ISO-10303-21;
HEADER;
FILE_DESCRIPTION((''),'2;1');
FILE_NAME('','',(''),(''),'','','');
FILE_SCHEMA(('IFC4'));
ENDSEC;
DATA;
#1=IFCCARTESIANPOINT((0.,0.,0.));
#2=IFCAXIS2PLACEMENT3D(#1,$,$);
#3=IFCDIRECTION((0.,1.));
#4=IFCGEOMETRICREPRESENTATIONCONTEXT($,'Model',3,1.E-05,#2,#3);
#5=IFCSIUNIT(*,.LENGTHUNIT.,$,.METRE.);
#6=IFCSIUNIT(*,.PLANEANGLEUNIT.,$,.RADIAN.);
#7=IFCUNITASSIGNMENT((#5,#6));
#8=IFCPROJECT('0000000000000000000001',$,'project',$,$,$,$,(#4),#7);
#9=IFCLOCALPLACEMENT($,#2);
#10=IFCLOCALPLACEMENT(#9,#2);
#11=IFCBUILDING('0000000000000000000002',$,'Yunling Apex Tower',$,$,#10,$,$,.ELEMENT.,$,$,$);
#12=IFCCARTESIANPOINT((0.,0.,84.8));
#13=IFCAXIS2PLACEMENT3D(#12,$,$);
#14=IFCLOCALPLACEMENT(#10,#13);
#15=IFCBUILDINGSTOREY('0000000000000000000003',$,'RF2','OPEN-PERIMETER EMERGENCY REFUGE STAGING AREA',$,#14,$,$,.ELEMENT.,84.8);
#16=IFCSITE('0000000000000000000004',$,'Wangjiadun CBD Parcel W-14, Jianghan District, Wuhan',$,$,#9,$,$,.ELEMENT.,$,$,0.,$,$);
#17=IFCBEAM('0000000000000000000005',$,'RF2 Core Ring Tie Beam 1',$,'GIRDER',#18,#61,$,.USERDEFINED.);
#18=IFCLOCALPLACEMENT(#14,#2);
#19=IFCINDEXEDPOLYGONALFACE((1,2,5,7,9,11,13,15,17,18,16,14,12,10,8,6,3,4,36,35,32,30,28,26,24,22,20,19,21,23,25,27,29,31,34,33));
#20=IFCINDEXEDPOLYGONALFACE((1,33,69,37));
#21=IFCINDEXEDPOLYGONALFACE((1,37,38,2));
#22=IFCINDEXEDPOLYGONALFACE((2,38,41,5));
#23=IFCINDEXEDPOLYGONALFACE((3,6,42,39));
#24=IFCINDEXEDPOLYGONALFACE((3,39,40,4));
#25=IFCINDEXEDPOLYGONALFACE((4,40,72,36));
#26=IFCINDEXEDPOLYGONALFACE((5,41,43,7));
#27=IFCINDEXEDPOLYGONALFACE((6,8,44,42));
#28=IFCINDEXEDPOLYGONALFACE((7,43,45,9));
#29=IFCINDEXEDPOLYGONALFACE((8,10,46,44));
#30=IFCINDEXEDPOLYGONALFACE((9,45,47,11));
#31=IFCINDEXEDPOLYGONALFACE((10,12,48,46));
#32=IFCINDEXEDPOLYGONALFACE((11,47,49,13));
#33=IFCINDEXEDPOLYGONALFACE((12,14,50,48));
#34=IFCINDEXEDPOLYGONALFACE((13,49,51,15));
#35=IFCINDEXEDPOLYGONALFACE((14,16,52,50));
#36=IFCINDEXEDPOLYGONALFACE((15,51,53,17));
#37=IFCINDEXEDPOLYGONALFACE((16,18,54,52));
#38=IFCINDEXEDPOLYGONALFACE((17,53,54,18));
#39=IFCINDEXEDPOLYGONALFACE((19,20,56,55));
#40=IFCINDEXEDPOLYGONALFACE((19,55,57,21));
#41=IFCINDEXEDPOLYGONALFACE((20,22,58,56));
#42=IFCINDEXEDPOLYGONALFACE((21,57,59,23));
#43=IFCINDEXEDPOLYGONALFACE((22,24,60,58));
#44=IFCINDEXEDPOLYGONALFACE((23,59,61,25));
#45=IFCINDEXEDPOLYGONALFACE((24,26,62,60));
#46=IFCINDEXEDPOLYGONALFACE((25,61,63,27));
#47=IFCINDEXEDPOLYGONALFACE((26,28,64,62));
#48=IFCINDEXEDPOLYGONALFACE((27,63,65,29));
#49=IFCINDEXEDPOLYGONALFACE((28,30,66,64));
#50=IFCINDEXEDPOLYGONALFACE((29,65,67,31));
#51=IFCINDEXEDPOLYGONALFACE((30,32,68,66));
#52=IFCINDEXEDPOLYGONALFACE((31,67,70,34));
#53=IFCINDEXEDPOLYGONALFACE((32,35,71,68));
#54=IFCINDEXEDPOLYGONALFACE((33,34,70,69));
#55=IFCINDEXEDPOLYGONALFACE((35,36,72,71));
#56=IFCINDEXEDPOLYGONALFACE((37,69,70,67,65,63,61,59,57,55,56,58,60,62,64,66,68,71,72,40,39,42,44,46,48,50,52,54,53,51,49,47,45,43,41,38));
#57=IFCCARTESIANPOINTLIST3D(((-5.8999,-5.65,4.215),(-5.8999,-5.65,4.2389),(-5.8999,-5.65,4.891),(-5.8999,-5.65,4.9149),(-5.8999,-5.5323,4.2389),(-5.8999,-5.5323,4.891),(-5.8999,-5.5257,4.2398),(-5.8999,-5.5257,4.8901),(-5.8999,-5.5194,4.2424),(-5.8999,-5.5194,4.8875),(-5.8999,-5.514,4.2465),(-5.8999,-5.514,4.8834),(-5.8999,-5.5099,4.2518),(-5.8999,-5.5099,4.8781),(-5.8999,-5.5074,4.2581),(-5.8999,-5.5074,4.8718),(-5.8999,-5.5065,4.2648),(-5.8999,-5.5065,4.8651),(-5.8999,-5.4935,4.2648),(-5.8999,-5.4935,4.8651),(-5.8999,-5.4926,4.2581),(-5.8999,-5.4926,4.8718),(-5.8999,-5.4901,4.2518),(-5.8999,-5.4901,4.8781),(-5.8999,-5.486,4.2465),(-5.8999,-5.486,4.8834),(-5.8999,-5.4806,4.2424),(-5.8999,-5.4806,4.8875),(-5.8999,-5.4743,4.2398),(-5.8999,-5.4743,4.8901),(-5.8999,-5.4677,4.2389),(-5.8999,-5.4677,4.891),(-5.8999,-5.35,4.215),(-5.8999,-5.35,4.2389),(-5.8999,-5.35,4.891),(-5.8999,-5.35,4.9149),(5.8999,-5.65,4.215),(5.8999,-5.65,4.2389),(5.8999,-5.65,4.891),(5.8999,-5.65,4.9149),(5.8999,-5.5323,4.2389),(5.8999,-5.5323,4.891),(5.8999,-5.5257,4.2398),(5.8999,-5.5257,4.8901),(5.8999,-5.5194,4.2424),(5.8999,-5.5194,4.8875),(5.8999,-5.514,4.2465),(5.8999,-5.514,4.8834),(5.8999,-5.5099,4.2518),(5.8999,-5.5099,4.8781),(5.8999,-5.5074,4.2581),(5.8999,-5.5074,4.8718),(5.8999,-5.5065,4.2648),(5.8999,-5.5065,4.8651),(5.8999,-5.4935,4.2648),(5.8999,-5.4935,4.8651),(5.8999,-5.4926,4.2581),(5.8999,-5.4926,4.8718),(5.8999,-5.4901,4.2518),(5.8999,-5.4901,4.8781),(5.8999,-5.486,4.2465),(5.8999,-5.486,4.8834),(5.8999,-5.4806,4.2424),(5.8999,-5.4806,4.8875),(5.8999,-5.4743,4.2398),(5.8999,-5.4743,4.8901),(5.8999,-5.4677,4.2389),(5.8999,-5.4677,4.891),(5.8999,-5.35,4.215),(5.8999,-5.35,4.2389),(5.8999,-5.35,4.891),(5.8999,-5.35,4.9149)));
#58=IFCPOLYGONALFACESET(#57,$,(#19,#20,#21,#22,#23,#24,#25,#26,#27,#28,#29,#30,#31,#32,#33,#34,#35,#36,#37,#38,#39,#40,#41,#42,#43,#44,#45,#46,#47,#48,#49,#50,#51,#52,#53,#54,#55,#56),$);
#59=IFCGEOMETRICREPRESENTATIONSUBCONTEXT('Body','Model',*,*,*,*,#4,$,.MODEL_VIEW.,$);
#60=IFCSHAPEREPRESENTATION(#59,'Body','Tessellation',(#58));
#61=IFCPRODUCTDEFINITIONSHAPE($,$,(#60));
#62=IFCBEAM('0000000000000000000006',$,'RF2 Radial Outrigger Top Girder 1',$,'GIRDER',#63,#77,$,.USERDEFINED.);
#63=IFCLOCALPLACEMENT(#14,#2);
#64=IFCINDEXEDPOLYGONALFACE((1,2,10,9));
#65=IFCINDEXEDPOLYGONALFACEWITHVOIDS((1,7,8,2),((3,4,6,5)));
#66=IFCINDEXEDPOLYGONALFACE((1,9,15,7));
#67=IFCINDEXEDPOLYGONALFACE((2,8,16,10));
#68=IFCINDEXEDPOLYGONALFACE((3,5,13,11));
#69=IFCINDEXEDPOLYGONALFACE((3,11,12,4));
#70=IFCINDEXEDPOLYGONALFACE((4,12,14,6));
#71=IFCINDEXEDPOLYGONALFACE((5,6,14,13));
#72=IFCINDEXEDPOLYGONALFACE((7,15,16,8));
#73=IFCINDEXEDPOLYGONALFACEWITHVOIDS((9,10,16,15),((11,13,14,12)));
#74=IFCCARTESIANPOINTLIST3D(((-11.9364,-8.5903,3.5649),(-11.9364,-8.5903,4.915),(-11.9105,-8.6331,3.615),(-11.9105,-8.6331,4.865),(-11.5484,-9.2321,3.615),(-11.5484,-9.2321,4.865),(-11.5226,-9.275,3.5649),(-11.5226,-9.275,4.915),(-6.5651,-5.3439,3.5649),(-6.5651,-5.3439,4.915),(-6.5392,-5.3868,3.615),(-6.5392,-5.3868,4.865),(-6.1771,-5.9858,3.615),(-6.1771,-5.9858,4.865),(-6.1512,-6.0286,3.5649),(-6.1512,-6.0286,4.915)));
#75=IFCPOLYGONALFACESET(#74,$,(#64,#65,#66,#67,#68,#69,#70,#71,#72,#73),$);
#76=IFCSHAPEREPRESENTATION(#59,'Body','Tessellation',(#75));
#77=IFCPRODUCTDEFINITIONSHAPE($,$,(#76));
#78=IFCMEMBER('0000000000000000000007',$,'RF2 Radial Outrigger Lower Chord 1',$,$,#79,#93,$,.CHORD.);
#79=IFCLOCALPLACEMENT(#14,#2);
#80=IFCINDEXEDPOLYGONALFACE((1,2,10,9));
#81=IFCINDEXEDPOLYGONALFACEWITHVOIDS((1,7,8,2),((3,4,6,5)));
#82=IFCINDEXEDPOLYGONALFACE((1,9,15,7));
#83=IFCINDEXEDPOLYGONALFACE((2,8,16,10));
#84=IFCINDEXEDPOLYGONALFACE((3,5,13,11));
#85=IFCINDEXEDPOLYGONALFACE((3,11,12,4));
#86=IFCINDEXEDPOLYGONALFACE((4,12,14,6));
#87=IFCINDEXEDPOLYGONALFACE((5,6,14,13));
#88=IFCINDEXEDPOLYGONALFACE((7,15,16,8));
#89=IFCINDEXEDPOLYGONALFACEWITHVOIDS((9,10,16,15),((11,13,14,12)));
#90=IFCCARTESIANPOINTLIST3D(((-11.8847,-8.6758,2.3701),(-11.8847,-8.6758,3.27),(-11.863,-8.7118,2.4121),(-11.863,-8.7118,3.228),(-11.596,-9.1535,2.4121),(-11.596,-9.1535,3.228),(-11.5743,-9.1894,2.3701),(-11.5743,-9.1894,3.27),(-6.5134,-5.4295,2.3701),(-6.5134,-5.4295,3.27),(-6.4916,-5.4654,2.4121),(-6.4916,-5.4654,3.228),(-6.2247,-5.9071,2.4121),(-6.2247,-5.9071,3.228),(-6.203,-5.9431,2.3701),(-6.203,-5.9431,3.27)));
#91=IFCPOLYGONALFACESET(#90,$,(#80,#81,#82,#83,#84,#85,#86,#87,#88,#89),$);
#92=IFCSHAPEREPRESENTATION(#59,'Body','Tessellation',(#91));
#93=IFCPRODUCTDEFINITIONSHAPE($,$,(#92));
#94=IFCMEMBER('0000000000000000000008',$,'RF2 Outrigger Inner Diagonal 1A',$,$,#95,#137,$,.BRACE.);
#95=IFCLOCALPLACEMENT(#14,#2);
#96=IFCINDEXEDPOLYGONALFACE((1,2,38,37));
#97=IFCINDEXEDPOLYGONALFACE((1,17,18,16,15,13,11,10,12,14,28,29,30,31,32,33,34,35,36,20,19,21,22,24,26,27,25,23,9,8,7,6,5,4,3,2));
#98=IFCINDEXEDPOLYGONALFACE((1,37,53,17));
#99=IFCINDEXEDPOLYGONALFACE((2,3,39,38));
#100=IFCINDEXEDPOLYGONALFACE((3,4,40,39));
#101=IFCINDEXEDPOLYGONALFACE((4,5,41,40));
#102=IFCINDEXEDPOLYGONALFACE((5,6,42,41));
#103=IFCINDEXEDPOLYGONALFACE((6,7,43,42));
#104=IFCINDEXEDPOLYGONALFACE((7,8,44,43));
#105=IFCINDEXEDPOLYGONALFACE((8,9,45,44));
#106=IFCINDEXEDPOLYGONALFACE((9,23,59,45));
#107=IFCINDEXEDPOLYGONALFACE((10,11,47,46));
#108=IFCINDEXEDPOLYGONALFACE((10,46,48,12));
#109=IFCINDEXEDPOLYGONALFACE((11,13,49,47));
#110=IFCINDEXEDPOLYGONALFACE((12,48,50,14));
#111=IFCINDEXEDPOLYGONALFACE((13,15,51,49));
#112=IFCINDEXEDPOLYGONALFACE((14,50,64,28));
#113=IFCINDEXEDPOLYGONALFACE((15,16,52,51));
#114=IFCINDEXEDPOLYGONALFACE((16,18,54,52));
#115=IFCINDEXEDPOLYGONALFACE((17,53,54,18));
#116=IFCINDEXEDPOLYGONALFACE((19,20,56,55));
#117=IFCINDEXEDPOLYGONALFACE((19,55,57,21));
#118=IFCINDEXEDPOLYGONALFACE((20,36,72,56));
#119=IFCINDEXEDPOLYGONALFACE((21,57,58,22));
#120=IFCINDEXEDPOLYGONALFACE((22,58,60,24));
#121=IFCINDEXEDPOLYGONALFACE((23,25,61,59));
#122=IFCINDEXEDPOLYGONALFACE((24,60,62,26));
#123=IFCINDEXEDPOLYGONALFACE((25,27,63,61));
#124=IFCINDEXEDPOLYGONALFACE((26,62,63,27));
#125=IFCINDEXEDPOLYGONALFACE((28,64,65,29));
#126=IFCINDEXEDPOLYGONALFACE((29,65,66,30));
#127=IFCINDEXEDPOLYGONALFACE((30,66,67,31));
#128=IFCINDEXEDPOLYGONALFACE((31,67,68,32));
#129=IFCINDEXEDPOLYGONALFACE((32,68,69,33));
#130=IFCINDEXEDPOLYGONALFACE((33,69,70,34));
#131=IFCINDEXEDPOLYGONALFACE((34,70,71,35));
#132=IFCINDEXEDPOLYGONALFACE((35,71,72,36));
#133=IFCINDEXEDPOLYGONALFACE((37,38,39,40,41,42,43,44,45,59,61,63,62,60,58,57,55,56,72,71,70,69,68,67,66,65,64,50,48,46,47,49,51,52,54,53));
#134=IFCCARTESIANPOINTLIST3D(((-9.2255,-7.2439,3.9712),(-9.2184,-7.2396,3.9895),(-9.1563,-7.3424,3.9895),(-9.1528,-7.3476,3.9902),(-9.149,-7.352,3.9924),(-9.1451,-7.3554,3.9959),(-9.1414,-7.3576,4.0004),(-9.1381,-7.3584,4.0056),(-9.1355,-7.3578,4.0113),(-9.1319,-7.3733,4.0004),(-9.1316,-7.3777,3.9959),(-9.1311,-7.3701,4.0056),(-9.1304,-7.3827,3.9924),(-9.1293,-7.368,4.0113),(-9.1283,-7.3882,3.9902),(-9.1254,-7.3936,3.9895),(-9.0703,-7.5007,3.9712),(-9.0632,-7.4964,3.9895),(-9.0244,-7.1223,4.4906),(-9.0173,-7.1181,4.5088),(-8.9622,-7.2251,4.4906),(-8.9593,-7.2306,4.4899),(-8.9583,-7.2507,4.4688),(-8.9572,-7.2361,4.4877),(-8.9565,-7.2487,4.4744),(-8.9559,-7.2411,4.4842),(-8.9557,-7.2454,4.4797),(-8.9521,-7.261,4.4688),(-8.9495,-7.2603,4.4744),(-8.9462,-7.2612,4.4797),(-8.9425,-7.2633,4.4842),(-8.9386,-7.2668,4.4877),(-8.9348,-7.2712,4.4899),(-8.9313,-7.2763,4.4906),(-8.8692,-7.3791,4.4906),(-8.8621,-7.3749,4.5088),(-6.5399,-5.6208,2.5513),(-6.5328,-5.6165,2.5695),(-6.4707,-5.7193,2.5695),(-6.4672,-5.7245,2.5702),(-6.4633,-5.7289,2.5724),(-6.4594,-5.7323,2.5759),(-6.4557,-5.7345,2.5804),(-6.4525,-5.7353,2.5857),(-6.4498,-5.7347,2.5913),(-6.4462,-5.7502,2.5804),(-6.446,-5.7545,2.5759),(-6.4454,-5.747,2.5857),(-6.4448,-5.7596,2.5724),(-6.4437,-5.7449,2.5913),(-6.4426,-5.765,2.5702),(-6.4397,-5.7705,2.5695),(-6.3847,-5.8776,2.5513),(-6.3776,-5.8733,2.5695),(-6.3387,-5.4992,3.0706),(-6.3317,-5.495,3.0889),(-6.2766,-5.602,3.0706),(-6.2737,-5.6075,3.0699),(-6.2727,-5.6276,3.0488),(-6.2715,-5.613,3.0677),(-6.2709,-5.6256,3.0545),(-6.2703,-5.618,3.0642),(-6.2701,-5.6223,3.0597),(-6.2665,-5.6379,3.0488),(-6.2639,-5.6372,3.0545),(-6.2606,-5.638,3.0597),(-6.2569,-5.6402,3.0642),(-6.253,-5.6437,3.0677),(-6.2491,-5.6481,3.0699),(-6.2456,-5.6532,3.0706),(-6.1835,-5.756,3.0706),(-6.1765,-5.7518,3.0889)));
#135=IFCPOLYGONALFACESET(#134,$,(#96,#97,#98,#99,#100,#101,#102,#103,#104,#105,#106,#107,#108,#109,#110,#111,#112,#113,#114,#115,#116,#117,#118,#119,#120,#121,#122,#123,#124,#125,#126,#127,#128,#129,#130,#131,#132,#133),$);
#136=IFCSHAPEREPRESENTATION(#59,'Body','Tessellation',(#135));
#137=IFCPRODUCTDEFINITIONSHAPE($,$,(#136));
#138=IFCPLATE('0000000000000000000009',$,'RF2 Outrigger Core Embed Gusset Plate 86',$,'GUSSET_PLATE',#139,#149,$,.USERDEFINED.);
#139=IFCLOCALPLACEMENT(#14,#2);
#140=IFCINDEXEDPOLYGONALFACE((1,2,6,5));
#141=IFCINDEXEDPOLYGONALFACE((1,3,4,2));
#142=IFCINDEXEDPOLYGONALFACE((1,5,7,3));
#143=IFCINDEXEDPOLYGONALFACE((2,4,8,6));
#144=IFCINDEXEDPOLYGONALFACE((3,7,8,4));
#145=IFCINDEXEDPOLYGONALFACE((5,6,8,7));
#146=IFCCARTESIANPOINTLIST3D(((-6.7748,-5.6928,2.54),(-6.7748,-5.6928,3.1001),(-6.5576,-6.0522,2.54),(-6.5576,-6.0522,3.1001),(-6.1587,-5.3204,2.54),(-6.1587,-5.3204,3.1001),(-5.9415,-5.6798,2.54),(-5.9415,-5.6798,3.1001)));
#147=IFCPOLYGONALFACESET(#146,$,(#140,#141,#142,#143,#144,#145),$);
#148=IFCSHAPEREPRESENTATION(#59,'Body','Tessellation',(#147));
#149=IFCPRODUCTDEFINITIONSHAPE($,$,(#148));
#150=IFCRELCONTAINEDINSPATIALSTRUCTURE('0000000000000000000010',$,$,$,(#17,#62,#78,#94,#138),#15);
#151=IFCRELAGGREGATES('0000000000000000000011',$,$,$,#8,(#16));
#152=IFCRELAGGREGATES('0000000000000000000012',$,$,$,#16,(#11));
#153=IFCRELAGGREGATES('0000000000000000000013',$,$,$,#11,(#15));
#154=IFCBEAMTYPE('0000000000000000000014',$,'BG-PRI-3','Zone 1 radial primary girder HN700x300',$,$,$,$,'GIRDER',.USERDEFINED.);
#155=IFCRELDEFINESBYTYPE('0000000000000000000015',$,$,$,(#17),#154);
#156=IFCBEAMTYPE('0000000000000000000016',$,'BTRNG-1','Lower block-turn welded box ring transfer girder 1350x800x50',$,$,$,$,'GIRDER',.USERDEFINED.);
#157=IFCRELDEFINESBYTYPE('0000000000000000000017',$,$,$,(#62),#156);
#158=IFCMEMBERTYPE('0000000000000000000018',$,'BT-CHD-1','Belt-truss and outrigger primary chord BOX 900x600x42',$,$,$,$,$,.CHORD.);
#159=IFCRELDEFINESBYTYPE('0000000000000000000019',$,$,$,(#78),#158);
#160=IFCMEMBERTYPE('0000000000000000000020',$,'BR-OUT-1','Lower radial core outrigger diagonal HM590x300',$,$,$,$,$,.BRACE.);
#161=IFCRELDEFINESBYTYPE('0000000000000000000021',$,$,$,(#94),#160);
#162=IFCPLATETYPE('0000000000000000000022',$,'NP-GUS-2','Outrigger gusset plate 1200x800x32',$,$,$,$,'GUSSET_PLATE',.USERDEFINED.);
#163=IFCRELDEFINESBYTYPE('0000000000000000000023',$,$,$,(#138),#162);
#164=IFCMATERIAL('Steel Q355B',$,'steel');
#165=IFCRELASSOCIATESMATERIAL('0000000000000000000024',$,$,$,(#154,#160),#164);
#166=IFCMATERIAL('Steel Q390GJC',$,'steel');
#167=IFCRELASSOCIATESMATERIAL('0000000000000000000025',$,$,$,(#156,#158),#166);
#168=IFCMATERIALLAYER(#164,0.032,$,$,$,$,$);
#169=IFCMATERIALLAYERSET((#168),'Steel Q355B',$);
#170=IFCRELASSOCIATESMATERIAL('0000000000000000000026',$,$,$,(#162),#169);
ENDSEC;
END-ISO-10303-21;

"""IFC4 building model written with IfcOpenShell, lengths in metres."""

from ifc_helpers import new_model, si_unit, direction, frame, origin, origin_2d, place, context, subcontext, project, spatial, rectangle, hollow_rectangle, i_section, extrude, source, transform, mapped, material, layer, layer_set, material_profile, profile_set, type_object, element, save


model = new_model("IFC4")

# Units and contexts
model_context = context("Model", 3, precision=1e-05, world=origin(), true_north=direction((0.0, 1.0)))
body_context = subcontext(model_context, "Body", "Model", "MODEL_VIEW")
ifc_project = project(units=[si_unit("LENGTHUNIT", "METRE"), si_unit("PLANEANGLEUNIT", "RADIAN")], contexts=[model_context])

# Site, building, storey
site_placement = place(None, origin())
site = spatial("IfcSite", under=ifc_project, at=site_placement, Name="Wangjiadun CBD Parcel W-14, Jianghan District, Wuhan", CompositionType="ELEMENT", RefElevation=0.0)
building_placement = place(site_placement, origin())
building = spatial("IfcBuilding", under=site, at=building_placement, Name="Yunling Apex Tower", CompositionType="ELEMENT")
storey_placement = place(building_placement, frame((0.0, 0.0, 84.8)))
storey = spatial("IfcBuildingStorey", under=building, at=storey_placement, Name="RF2", Description="OPEN-PERIMETER EMERGENCY REFUGE STAGING AREA", CompositionType="ELEMENT", Elevation=84.8)

# Beams
ifc_material_1 = material(Name="Steel Q355B", Category="steel")
ifc_material_profile_1 = material_profile(ifc_material_1, i_section(OverallWidth=0.3, OverallDepth=0.7, WebThickness=0.0129, FlangeThickness=0.0239, FilletRadius=0.0259, at=origin_2d()))
ifc_profile_set_1 = profile_set([ifc_material_profile_1], Name="Steel Q355B")
beam_type_1 = type_object("IfcBeamType", Name="BG-PRI-3", Description="Zone 1 radial primary girder HN700x300", ElementType="GIRDER", PredefinedType="USERDEFINED", material=ifc_profile_set_1)
shared_shape_1 = source(origin(), body_context, "Body", "SweptSolid", [
    extrude(i_section(OverallWidth=0.3, OverallDepth=0.7, WebThickness=0.0129, FlangeThickness=0.0239, FilletRadius=0.0259, at=origin_2d()), origin(), (0.0, 0.0, 1.0), 11.7998),
])
beam_1_placement = place(storey_placement, frame((-5.8999, -5.5, 4.5649), z_axis=(1.0, 0.0, 0.0), x_axis=(0.0, 1.0, 0.0)))
element("IfcBeam", 1, at=beam_1_placement, inside=storey, type_object=beam_type_1, Name="RF2 Core Ring Tie Beam 1", ObjectType="GIRDER", PredefinedType="USERDEFINED", context=body_context, shape_type="MappedRepresentation", body=[
    mapped(shared_shape_1, transform((0.0, 0.0, 0.0), scale=1.0)),
])
ifc_material_2 = material(Name="Steel Q390GJC", Category="steel")
ifc_material_profile_2 = material_profile(ifc_material_2, hollow_rectangle(XDim=0.8, YDim=1.3501, WallThickness=0.05, at=origin_2d()))
ifc_profile_set_2 = profile_set([ifc_material_profile_2], Name="Steel Q390GJC")
beam_type_2 = type_object("IfcBeamType", Name="BTRNG-1", Description="Lower block-turn welded box ring transfer girder 1350x800x50", ElementType="GIRDER", PredefinedType="USERDEFINED", material=ifc_profile_set_2)
shared_shape_2 = source(origin(), body_context, "Body", "SweptSolid", [
    extrude(hollow_rectangle(XDim=0.8, YDim=1.3501, WallThickness=0.05, at=origin_2d()), origin(), (0.0, 0.0, 1.0), 6.2761),
])
beam_2_placement = place(storey_placement, frame((-6.3582, -5.6863, 4.24), z_axis=(-0.855834, -0.51725, 0.0), x_axis=(0.51725, -0.855834, 0.0)))
element("IfcBeam", 2, at=beam_2_placement, inside=storey, type_object=beam_type_2, Name="RF2 Radial Outrigger Top Girder 1", ObjectType="GIRDER", PredefinedType="USERDEFINED", context=body_context, shape_type="MappedRepresentation", body=[
    mapped(shared_shape_2, transform((0.0, 0.0, 0.0), scale=1.0)),
])

# Members
ifc_material_profile_3 = material_profile(ifc_material_2, hollow_rectangle(XDim=0.6001, YDim=0.8999, WallThickness=0.042, at=origin_2d()))
ifc_profile_set_3 = profile_set([ifc_material_profile_3], Name="Steel Q390GJC")
member_type_1 = type_object("IfcMemberType", Name="BT-CHD-1", Description="Belt-truss and outrigger primary chord BOX 900x600x42", PredefinedType="CHORD", material=ifc_profile_set_3)
shared_shape_3 = source(origin(), body_context, "Body", "SweptSolid", [
    extrude(hollow_rectangle(XDim=0.6001, YDim=0.8999, WallThickness=0.042, at=origin_2d()), origin(), (0.0, 0.0, 1.0), 6.2761),
])
member_1_placement = place(storey_placement, frame((-6.3582, -5.6863, 2.8201), z_axis=(-0.855834, -0.51725, 0.0), x_axis=(0.51725, -0.855834, 0.0)))
element("IfcMember", 3, at=member_1_placement, inside=storey, type_object=member_type_1, Name="RF2 Radial Outrigger Lower Chord 1", PredefinedType="CHORD", context=body_context, shape_type="MappedRepresentation", body=[
    mapped(shared_shape_3, transform((0.0, 0.0, 0.0), scale=1.0)),
])
ifc_material_profile_4 = material_profile(ifc_material_1, i_section(OverallWidth=0.3, OverallDepth=0.5901, WebThickness=0.012, FlangeThickness=0.02, FilletRadius=0.0239, at=origin_2d()))
ifc_profile_set_4 = profile_set([ifc_material_profile_4], Name="Steel Q355B")
member_type_2 = type_object("IfcMemberType", Name="BR-OUT-1", Description="Lower radial core outrigger diagonal HM590x300", PredefinedType="BRACE", material=ifc_profile_set_4)
shared_shape_4 = source(origin(), body_context, "Body", "SweptSolid", [
    extrude(i_section(OverallWidth=0.3, OverallDepth=0.5901, WebThickness=0.012, FlangeThickness=0.02, FilletRadius=0.0239, at=origin_2d()), origin(), (0.0, 0.0, 1.0), 3.4443),
])
member_2_placement = place(storey_placement, frame((-6.3582, -5.6863, 2.8201), z_axis=(-0.779727, -0.471238, 0.412263), x_axis=(0.517239, -0.855841, 0.0)))
element("IfcMember", 4, at=member_2_placement, inside=storey, type_object=member_type_2, Name="RF2 Outrigger Inner Diagonal 1A", PredefinedType="BRACE", context=body_context, shape_type="MappedRepresentation", body=[
    mapped(shared_shape_4, transform((0.0, 0.0, 0.0), scale=1.0)),
])

# Plate
ifc_layer_1 = layer(ifc_material_1, 0.032)
ifc_layer_set_1 = layer_set([ifc_layer_1], Name="Steel Q355B")
plate_type = type_object("IfcPlateType", Name="NP-GUS-2", Description="Outrigger gusset plate 1200x800x32", ElementType="GUSSET_PLATE", PredefinedType="USERDEFINED", material=ifc_layer_set_1)
shared_shape_5 = source(origin(), body_context, "Body", "SweptSolid", [
    extrude(rectangle(XDim=0.72, YDim=0.4199, at=origin_2d()), origin(), (0.0, 0.0, 1.0), 0.5601),
])
plate_placement = place(storey_placement, frame((-6.3582, -5.6863, 2.54), z_axis=(0.0, 0.0, 1.0), x_axis=(-0.855816, -0.51728, 0.0)))
element("IfcPlate", 5, at=plate_placement, inside=storey, type_object=plate_type, Name="RF2 Outrigger Core Embed Gusset Plate 86", ObjectType="GUSSET_PLATE", PredefinedType="USERDEFINED", context=body_context, shape_type="MappedRepresentation", body=[
    mapped(shared_shape_5, transform((0.0, 0.0, 0.0), scale=1.0)),
])

save(model, "model.ifc")
